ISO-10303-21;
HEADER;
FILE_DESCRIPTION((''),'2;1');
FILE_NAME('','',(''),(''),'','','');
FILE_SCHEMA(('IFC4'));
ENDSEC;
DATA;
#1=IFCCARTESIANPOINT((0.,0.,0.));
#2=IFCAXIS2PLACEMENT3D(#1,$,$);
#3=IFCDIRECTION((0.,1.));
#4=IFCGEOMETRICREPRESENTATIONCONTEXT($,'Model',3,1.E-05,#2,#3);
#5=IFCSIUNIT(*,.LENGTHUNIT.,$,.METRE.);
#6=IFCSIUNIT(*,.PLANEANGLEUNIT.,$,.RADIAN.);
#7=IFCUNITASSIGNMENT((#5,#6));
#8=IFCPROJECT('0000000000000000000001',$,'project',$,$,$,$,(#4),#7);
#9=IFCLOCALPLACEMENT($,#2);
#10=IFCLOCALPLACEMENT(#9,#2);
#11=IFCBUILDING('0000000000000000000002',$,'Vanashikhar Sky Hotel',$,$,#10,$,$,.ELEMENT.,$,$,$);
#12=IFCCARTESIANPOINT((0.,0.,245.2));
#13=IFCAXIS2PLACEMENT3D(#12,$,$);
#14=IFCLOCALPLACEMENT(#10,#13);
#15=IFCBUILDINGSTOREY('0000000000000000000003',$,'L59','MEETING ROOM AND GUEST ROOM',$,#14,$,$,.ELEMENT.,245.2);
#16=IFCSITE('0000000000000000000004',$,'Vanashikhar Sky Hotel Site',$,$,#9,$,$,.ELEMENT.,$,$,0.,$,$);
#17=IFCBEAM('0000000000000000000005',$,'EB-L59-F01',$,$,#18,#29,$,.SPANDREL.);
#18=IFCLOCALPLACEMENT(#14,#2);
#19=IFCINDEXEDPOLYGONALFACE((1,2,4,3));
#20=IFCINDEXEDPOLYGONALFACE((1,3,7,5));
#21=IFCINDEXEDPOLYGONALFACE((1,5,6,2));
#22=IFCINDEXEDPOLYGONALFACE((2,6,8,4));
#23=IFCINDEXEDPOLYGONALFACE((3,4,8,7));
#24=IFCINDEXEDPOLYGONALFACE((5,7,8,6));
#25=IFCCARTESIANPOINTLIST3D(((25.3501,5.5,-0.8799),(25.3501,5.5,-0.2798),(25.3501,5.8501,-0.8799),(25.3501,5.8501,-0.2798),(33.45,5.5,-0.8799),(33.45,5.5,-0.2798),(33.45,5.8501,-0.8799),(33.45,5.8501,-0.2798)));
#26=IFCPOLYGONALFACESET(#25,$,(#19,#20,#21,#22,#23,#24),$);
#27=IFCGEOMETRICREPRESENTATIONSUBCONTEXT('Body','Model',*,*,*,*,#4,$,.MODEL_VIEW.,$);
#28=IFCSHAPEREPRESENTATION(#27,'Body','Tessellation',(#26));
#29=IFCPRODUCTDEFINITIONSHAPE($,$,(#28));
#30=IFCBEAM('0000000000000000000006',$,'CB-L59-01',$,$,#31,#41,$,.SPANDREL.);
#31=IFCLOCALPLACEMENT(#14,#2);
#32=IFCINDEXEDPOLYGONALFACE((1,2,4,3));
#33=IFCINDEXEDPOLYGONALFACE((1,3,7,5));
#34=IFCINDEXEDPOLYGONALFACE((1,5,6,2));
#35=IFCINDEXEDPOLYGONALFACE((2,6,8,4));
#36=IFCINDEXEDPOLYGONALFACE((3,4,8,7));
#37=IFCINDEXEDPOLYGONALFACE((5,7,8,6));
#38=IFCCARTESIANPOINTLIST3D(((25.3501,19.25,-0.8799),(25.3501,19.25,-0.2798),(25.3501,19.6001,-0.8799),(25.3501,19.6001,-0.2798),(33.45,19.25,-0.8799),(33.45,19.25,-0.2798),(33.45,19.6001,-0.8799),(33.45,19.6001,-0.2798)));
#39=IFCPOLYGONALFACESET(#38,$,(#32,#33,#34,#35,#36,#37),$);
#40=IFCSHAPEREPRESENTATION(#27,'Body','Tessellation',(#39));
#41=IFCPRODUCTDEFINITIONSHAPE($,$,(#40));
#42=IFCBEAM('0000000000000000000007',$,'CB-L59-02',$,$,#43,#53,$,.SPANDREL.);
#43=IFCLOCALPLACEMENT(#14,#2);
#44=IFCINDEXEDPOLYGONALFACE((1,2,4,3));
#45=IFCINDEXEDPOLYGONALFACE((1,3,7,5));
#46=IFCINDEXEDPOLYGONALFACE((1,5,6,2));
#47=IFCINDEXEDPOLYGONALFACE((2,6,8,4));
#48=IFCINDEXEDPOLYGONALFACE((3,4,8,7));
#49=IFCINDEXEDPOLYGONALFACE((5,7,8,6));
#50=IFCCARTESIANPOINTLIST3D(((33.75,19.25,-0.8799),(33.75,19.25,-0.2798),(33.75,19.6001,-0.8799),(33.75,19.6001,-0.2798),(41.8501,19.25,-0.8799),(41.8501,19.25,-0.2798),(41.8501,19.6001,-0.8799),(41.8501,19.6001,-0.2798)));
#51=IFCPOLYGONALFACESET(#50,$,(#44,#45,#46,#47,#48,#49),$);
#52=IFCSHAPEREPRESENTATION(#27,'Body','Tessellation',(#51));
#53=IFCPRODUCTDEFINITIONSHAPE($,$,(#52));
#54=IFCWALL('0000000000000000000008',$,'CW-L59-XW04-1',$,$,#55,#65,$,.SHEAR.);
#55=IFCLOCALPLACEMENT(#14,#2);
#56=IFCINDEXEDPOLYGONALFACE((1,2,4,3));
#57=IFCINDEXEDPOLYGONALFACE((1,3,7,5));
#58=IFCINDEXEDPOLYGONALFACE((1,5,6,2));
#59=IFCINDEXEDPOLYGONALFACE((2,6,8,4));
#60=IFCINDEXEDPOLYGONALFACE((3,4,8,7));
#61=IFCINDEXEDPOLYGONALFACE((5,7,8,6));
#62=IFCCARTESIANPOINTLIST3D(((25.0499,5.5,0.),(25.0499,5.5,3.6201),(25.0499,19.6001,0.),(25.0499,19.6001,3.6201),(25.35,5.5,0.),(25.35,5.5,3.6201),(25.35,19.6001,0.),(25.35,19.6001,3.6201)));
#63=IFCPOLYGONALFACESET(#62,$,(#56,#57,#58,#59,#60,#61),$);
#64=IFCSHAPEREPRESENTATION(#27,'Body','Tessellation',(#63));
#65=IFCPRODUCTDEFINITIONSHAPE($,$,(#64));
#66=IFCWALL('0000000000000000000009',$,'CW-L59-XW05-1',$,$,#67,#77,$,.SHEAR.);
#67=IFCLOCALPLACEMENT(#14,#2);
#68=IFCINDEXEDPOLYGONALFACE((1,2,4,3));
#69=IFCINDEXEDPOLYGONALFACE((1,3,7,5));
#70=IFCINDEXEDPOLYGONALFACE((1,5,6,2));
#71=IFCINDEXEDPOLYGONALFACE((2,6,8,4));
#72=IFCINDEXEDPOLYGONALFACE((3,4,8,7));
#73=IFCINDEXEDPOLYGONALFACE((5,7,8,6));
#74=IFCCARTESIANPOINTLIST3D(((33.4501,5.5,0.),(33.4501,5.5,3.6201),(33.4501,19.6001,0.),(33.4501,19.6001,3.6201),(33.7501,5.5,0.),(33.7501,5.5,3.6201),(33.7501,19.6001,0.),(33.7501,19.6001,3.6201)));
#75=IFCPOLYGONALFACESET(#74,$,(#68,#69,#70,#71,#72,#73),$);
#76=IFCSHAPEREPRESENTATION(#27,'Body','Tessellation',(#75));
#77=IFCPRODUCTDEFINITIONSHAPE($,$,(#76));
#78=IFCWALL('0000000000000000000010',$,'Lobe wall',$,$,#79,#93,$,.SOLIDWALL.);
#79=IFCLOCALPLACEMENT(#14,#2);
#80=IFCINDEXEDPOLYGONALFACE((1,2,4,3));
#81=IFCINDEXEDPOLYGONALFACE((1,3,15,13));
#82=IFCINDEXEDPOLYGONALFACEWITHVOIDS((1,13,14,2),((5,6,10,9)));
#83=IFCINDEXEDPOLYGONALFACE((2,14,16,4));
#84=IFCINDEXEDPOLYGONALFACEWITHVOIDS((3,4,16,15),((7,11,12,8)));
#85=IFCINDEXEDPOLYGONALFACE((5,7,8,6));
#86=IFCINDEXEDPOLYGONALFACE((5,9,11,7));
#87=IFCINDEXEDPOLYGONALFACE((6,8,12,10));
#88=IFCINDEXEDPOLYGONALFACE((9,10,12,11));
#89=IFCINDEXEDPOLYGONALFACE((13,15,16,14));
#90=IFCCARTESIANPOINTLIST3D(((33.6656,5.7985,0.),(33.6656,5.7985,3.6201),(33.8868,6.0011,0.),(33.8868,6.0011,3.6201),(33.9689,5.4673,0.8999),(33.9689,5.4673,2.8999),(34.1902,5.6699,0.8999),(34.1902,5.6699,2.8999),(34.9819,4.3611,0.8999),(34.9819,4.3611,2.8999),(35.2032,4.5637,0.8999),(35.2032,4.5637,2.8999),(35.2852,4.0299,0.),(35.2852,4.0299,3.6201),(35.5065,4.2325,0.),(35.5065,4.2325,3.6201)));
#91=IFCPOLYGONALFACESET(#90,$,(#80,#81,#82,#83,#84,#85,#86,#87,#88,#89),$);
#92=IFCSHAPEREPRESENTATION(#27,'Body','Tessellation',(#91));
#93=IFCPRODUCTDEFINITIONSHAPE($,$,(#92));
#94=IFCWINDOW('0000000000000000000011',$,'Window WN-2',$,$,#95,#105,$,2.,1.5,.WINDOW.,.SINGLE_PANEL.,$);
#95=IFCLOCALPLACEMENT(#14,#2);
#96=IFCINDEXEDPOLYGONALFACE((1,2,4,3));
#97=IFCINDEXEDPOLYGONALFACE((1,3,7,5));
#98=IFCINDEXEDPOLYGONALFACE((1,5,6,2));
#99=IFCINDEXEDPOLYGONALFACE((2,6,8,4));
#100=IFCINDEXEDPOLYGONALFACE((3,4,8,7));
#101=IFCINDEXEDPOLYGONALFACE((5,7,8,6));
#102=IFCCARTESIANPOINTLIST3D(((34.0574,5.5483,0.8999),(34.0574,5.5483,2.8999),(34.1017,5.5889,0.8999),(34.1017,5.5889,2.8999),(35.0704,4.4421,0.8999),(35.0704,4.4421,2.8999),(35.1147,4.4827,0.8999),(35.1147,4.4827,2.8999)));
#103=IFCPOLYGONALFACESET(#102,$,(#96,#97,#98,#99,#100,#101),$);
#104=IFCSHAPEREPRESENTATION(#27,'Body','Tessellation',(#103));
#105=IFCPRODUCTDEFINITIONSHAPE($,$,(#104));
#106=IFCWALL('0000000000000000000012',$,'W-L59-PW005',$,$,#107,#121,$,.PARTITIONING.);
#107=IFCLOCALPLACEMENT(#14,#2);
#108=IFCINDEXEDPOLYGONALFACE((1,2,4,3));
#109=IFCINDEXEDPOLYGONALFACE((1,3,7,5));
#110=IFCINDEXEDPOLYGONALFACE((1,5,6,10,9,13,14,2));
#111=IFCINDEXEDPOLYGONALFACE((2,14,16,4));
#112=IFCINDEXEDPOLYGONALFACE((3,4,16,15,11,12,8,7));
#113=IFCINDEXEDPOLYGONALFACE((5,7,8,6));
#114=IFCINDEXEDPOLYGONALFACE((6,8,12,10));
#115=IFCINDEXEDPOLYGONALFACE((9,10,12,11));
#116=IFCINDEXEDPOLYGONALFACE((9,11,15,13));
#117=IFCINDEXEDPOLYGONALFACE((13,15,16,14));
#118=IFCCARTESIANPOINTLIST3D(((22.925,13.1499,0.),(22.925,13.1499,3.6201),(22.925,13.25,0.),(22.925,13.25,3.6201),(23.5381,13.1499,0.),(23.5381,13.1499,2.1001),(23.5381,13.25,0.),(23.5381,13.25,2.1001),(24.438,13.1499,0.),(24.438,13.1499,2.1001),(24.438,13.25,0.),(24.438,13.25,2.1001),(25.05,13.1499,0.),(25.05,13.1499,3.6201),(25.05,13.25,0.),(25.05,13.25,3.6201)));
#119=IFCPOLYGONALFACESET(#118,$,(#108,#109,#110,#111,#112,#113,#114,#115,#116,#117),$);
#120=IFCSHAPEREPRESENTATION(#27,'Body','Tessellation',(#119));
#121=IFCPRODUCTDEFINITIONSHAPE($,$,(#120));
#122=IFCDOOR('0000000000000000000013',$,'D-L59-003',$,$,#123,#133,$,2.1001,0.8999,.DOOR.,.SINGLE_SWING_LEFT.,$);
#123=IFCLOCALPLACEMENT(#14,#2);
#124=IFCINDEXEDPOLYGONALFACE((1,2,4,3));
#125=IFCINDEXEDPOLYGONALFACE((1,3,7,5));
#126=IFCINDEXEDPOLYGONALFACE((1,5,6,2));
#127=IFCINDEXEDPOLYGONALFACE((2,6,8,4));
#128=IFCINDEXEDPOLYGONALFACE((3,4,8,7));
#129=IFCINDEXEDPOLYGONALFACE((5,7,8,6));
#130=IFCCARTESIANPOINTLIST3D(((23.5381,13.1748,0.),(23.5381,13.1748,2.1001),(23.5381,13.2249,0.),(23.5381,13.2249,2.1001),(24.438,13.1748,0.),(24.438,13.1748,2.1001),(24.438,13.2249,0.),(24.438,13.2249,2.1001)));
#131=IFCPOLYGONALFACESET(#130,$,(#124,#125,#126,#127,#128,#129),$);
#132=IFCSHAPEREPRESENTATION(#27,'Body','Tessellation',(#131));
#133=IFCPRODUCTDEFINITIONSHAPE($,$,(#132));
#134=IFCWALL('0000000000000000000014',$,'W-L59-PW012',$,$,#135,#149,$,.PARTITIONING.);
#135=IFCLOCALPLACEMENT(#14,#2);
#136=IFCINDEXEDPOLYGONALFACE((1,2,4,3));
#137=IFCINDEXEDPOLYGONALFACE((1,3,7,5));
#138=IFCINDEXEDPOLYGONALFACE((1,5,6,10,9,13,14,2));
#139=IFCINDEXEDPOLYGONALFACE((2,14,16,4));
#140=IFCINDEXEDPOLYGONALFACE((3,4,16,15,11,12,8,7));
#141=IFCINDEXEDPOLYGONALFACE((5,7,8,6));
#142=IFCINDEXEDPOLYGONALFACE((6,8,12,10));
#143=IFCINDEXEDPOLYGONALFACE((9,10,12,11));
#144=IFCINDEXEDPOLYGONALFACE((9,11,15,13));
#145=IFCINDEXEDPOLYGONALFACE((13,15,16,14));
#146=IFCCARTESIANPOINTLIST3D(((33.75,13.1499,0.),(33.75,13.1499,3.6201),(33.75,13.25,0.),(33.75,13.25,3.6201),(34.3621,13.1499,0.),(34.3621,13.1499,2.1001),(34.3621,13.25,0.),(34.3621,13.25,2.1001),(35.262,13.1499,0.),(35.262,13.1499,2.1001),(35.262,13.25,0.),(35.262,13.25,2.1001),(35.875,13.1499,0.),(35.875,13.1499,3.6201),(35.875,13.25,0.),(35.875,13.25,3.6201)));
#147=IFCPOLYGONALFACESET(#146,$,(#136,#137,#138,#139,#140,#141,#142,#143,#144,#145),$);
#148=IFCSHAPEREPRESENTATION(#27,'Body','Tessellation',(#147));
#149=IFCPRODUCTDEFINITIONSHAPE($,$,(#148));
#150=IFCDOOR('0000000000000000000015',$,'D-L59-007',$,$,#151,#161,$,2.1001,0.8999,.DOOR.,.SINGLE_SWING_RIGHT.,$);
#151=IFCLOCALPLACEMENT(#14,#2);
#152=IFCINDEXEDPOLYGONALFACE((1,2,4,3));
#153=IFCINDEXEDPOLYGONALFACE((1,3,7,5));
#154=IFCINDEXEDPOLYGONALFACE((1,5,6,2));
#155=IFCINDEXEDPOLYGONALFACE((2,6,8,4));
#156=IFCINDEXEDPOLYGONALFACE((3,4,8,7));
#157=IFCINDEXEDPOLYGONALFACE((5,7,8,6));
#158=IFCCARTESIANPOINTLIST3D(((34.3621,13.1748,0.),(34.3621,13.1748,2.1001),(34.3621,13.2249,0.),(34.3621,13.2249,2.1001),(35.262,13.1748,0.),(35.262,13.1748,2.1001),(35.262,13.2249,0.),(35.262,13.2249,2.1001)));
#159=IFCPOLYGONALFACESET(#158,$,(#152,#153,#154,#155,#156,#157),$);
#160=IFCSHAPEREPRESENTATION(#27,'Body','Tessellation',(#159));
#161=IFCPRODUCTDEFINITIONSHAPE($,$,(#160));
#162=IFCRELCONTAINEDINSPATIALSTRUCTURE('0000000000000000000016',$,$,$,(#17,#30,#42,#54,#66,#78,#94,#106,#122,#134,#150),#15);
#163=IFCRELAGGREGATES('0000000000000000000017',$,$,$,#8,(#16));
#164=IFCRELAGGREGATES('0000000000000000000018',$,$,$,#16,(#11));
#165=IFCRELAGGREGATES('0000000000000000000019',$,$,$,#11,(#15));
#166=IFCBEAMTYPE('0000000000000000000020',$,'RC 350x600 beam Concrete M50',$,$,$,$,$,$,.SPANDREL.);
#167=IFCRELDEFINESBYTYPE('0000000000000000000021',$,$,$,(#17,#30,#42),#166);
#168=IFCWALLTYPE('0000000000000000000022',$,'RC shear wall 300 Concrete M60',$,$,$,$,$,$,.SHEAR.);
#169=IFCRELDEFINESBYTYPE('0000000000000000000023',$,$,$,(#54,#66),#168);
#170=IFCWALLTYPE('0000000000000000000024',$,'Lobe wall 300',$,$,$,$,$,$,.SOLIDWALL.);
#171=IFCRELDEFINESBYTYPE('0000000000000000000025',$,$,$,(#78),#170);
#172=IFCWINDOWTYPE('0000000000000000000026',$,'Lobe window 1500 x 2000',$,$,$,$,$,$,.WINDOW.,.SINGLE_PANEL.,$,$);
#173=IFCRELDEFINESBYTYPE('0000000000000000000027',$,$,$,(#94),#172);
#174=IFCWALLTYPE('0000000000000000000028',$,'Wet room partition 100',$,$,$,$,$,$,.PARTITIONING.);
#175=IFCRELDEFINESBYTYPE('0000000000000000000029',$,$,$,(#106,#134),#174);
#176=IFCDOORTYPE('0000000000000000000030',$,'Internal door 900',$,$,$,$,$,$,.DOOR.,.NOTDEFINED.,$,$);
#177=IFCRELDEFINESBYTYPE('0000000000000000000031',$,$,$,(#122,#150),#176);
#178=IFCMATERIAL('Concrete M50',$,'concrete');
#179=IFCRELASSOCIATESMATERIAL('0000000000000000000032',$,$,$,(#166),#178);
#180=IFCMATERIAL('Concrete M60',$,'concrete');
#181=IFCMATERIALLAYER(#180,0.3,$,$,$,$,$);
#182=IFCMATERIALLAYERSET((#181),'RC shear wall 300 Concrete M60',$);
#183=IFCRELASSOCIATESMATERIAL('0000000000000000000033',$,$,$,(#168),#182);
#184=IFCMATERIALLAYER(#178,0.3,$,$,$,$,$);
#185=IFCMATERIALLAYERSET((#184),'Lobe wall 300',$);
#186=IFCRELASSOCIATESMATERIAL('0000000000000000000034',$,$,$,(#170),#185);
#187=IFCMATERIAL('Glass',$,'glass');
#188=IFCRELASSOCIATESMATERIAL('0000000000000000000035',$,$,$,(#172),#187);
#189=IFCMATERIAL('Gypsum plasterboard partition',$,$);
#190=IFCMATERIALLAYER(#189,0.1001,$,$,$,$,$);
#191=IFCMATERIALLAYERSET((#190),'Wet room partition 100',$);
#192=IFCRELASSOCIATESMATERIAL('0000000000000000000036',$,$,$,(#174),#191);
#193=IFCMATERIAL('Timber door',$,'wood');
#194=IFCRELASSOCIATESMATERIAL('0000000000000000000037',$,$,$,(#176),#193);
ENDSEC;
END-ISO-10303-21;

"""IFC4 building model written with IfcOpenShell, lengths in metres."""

from ifc_helpers import new_model, si_unit, direction, frame, frame_2d, origin, origin_2d, place, context, subcontext, project, spatial, rectangle, extrude, source, transform, mapped, material, layer, layer_set, material_profile, profile_set, type_object, element, fill, save


model = new_model("IFC4")

# Units and contexts
model_context = context("Model", 3, precision=1e-05, world=origin(), true_north=direction((0.0, 1.0)))
body_context = subcontext(model_context, "Body", "Model", "MODEL_VIEW")
ifc_project = project(units=[si_unit("LENGTHUNIT", "METRE"), si_unit("PLANEANGLEUNIT", "RADIAN")], contexts=[model_context])

# Site, building, storey
site_placement = place(None, origin())
site = spatial("IfcSite", under=ifc_project, at=site_placement, Name="Vanashikhar Sky Hotel Site", CompositionType="ELEMENT", RefElevation=0.0)
building_placement = place(site_placement, origin())
building = spatial("IfcBuilding", under=site, at=building_placement, Name="Vanashikhar Sky Hotel", CompositionType="ELEMENT")
storey_placement = place(building_placement, frame((0.0, 0.0, 245.2)))
storey = spatial("IfcBuildingStorey", under=building, at=storey_placement, Name="L59", Description="MEETING ROOM AND GUEST ROOM", CompositionType="ELEMENT", Elevation=245.2)

# Beams
ifc_material_1 = material(Name="Concrete M50", Category="concrete")
ifc_material_profile_1 = material_profile(ifc_material_1, rectangle(XDim=0.3501, YDim=0.6001, at=origin_2d()))
ifc_profile_set_1 = profile_set([ifc_material_profile_1], Name="RC 350x600 beam Concrete M50")
beam_type = type_object("IfcBeamType", Name="RC 350x600 beam Concrete M50", PredefinedType="SPANDREL", material=ifc_profile_set_1)
shared_shape_1 = source(origin(), body_context, "Body", "SweptSolid", [
    extrude(rectangle(XDim=0.3501, YDim=0.6001, at=origin_2d()), origin(), (0.0, 0.0, 1.0), 8.0999),
])
for number, where, z_axis, x_axis, name in (
    (1, (25.3501, 5.675, -0.5798), (1.0, 0.0, 0.0), (0.0, 1.0, 0.0), "EB-L59-F01"),
    (2, (25.3501, 19.425, -0.5798), (1.0, 0.0, 0.0), (0.0, 1.0, 0.0), "CB-L59-01"),
):
    element("IfcBeam", number, at=place(storey_placement, frame(where, z_axis=z_axis, x_axis=x_axis)), inside=storey, type_object=beam_type, Name=name, PredefinedType="SPANDREL", context=body_context, shape_type="MappedRepresentation", body=[
        mapped(shared_shape_1, transform((0.0, 0.0, 0.0), scale=1.0)),
    ])
shared_shape_2 = source(origin(), body_context, "Body", "SweptSolid", [
    extrude(rectangle(XDim=0.3501, YDim=0.6001, at=origin_2d()), origin(), (0.0, 0.0, 1.0), 8.1001),
])
beam_placement = place(storey_placement, frame((33.75, 19.425, -0.5798), z_axis=(1.0, 0.0, 0.0), x_axis=(0.0, 1.0, 0.0)))
element("IfcBeam", 3, at=beam_placement, inside=storey, type_object=beam_type, Name="CB-L59-02", PredefinedType="SPANDREL", context=body_context, shape_type="MappedRepresentation", body=[
    mapped(shared_shape_2, transform((0.0, 0.0, 0.0), scale=1.0)),
])

# Walls
ifc_material_2 = material(Name="Concrete M60", Category="concrete")
ifc_layer_1 = layer(ifc_material_2, 0.3)
ifc_layer_set_1 = layer_set([ifc_layer_1], Name="RC shear wall 300 Concrete M60")
wall_type_1 = type_object("IfcWallType", Name="RC shear wall 300 Concrete M60", PredefinedType="SHEAR", material=ifc_layer_set_1)
shared_shape_3 = source(origin(), body_context, "Body", "SweptSolid", [
    extrude(rectangle(XDim=14.1001, YDim=0.3, at=frame_2d((7.05, 0.0))), origin(), (0.0, 0.0, 1.0), 3.6201),
])
for number, where, z_axis, x_axis, name in (
    (4, (25.2, 5.5, 0.0), (0.0, 0.0, 1.0), (0.0, 1.0, 0.0), "CW-L59-XW04-1"),
    (5, (33.6001, 5.5, 0.0), (0.0, 0.0, 1.0), (0.0, 1.0, 0.0), "CW-L59-XW05-1"),
):
    element("IfcWall", number, at=place(storey_placement, frame(where, z_axis=z_axis, x_axis=x_axis)), inside=storey, type_object=wall_type_1, Name=name, PredefinedType="SHEAR", context=body_context, shape_type="MappedRepresentation", body=[
        mapped(shared_shape_3, transform((0.0, 0.0, 0.0), scale=1.0)),
    ])

# Shared definitions
ifc_material_3 = material(Name="Glass", Category="glass")

# Wall, opening, window
ifc_layer_2 = layer(ifc_material_1, 0.3)
ifc_layer_set_2 = layer_set([ifc_layer_2], Name="Lobe wall 300")
wall_type_2 = type_object("IfcWallType", Name="Lobe wall 300", PredefinedType="SOLIDWALL", material=ifc_layer_set_2)
shared_shape_4 = source(origin(), body_context, "Body", "SweptSolid", [
    extrude(rectangle(XDim=2.3982, YDim=0.3, at=frame_2d((1.1992, 0.0))), origin(), (0.0, 0.0, 1.0), 3.6201),
])
wall_1_placement = place(storey_placement, frame((33.7761, 5.8999, 0.0), z_axis=(0.0, 0.0, 1.0), x_axis=(0.675374, -0.737475, 0.0)))
wall_1 = element("IfcWall", 6, at=wall_1_placement, inside=storey, type_object=wall_type_2, Name="Lobe wall", PredefinedType="SOLIDWALL", context=body_context, shape_type="MappedRepresentation", body=[
    mapped(shared_shape_4, transform((0.0, 0.0, 0.0), scale=1.0)),
])
shared_shape_5 = source(origin(), body_context, "Body", "SweptSolid", [
    extrude(rectangle(XDim=1.5, YDim=2.0, at=frame_2d((0.75, 1.0))), frame((0.0, 0.1602, 0.0), z_axis=(0.0, -1.0, 0.0), x_axis=(1.0, 0.0, 0.0)), (0.0, 0.0, 1.0), 0.3201),
])
opening_1_placement = place(wall_1_placement, frame((0.4492, 0.0, 0.8999)))
opening_1 = element("IfcOpeningElement", 7, at=opening_1_placement, cuts=wall_1, PredefinedType="OPENING", context=body_context, shape_type="MappedRepresentation", body=[
    mapped(shared_shape_5, transform((0.0, 0.0, 0.0), scale=1.0)),
])
window_type_1 = type_object("IfcWindowType", Name="Lobe window 1500 x 2000", PartitioningType="SINGLE_PANEL", PredefinedType="WINDOW", material=ifc_material_3)
shared_shape_6 = source(origin(), body_context, "Body", "SweptSolid", [
    extrude(rectangle(XDim=1.5, YDim=2.0, at=frame_2d((0.75, 1.0))), frame((0.0, 0.03, 0.0), z_axis=(0.0, -1.0, 0.0), x_axis=(1.0, 0.0, 0.0)), (0.0, 0.0, 1.0), 0.0601),
])
window_1_placement = place(opening_1_placement, origin())
window_1 = element("IfcWindow", 8, at=window_1_placement, inside=storey, type_object=window_type_1, Name="Window WN-2", OverallHeight=2.0, OverallWidth=1.5, PartitioningType="SINGLE_PANEL", PredefinedType="WINDOW", context=body_context, shape_type="MappedRepresentation", body=[
    mapped(shared_shape_6, transform((0.0, 0.0, 0.0), scale=1.0)),
])
fill(opening_1, window_1)

# Walls, openings, doors
ifc_material_4 = material(Name="Gypsum plasterboard partition")
ifc_layer_3 = layer(ifc_material_4, 0.1001)
ifc_layer_set_3 = layer_set([ifc_layer_3], Name="Wet room partition 100")
wall_type_3 = type_object("IfcWallType", Name="Wet room partition 100", PredefinedType="PARTITIONING", material=ifc_layer_set_3)
shared_shape_7 = source(origin(), body_context, "Body", "SweptSolid", [
    extrude(rectangle(XDim=2.125, YDim=0.1001, at=frame_2d((1.0625, 0.0))), origin(), (0.0, 0.0, 1.0), 3.6201),
])
wall_2_placement = place(storey_placement, frame((22.925, 13.2, 0.0), z_axis=(0.0, 0.0, 1.0), x_axis=(1.0, 0.0, 0.0)))
wall_2 = element("IfcWall", 9, at=wall_2_placement, inside=storey, type_object=wall_type_3, Name="W-L59-PW005", PredefinedType="PARTITIONING", context=body_context, shape_type="MappedRepresentation", body=[
    mapped(shared_shape_7, transform((0.0, 0.0, 0.0), scale=1.0)),
])
shared_shape_8 = source(origin(), body_context, "Body", "SweptSolid", [
    extrude(rectangle(XDim=0.8999, YDim=2.1001, at=frame_2d((0.45, 1.05))), frame((0.0, 0.0601, 0.0), z_axis=(0.0, -1.0, 0.0), x_axis=(1.0, 0.0, 0.0)), (0.0, 0.0, 1.0), 0.1201),
])
opening_2_placement = place(wall_2_placement, frame((0.613, 0.0, 0.0)))
opening_2 = element("IfcOpeningElement", 10, at=opening_2_placement, cuts=wall_2, PredefinedType="OPENING", context=body_context, shape_type="MappedRepresentation", body=[
    mapped(shared_shape_8, transform((0.0, 0.0, 0.0), scale=1.0)),
])
ifc_material_5 = material(Name="Timber door", Category="wood")
door_type_1 = type_object("IfcDoorType", Name="Internal door 900", OperationType="NOTDEFINED", PredefinedType="DOOR", material=ifc_material_5)
shared_shape_9 = source(origin(), body_context, "Body", "SweptSolid", [
    extrude(rectangle(XDim=0.8999, YDim=2.1001, at=frame_2d((0.45, 1.05))), frame((0.0, 0.0249, 0.0), z_axis=(0.0, -1.0, 0.0), x_axis=(1.0, 0.0, 0.0)), (0.0, 0.0, 1.0), 0.05),
])
door_1_placement = place(opening_2_placement, origin())
door_1 = element("IfcDoor", 11, at=door_1_placement, inside=storey, type_object=door_type_1, Name="D-L59-003", OperationType="SINGLE_SWING_LEFT", OverallHeight=2.1001, OverallWidth=0.8999, PredefinedType="DOOR", context=body_context, shape_type="MappedRepresentation", body=[
    mapped(shared_shape_9, transform((0.0, 0.0, 0.0), scale=1.0)),
])
fill(opening_2, door_1)
wall_3_placement = place(storey_placement, frame((33.75, 13.2, 0.0), z_axis=(0.0, 0.0, 1.0), x_axis=(1.0, 0.0, 0.0)))
wall_3 = element("IfcWall", 12, at=wall_3_placement, inside=storey, type_object=wall_type_3, Name="W-L59-PW012", PredefinedType="PARTITIONING", context=body_context, shape_type="MappedRepresentation", body=[
    mapped(shared_shape_7, transform((0.0, 0.0, 0.0), scale=1.0)),
])
opening_3_placement = place(wall_3_placement, frame((0.6121, 0.0, 0.0)))
opening_3 = element("IfcOpeningElement", 13, at=opening_3_placement, cuts=wall_3, PredefinedType="OPENING", context=body_context, shape_type="MappedRepresentation", body=[
    mapped(shared_shape_8, transform((0.0, 0.0, 0.0), scale=1.0)),
])
door_2_placement = place(opening_3_placement, origin())
door_2 = element("IfcDoor", 14, at=door_2_placement, inside=storey, type_object=door_type_1, Name="D-L59-007", OperationType="SINGLE_SWING_RIGHT", OverallHeight=2.1001, OverallWidth=0.8999, PredefinedType="DOOR", context=body_context, shape_type="MappedRepresentation", body=[
    mapped(shared_shape_9, transform((0.0, 0.0, 0.0), scale=1.0)),
])
fill(opening_3, door_2)

save(model, "model.ifc")
